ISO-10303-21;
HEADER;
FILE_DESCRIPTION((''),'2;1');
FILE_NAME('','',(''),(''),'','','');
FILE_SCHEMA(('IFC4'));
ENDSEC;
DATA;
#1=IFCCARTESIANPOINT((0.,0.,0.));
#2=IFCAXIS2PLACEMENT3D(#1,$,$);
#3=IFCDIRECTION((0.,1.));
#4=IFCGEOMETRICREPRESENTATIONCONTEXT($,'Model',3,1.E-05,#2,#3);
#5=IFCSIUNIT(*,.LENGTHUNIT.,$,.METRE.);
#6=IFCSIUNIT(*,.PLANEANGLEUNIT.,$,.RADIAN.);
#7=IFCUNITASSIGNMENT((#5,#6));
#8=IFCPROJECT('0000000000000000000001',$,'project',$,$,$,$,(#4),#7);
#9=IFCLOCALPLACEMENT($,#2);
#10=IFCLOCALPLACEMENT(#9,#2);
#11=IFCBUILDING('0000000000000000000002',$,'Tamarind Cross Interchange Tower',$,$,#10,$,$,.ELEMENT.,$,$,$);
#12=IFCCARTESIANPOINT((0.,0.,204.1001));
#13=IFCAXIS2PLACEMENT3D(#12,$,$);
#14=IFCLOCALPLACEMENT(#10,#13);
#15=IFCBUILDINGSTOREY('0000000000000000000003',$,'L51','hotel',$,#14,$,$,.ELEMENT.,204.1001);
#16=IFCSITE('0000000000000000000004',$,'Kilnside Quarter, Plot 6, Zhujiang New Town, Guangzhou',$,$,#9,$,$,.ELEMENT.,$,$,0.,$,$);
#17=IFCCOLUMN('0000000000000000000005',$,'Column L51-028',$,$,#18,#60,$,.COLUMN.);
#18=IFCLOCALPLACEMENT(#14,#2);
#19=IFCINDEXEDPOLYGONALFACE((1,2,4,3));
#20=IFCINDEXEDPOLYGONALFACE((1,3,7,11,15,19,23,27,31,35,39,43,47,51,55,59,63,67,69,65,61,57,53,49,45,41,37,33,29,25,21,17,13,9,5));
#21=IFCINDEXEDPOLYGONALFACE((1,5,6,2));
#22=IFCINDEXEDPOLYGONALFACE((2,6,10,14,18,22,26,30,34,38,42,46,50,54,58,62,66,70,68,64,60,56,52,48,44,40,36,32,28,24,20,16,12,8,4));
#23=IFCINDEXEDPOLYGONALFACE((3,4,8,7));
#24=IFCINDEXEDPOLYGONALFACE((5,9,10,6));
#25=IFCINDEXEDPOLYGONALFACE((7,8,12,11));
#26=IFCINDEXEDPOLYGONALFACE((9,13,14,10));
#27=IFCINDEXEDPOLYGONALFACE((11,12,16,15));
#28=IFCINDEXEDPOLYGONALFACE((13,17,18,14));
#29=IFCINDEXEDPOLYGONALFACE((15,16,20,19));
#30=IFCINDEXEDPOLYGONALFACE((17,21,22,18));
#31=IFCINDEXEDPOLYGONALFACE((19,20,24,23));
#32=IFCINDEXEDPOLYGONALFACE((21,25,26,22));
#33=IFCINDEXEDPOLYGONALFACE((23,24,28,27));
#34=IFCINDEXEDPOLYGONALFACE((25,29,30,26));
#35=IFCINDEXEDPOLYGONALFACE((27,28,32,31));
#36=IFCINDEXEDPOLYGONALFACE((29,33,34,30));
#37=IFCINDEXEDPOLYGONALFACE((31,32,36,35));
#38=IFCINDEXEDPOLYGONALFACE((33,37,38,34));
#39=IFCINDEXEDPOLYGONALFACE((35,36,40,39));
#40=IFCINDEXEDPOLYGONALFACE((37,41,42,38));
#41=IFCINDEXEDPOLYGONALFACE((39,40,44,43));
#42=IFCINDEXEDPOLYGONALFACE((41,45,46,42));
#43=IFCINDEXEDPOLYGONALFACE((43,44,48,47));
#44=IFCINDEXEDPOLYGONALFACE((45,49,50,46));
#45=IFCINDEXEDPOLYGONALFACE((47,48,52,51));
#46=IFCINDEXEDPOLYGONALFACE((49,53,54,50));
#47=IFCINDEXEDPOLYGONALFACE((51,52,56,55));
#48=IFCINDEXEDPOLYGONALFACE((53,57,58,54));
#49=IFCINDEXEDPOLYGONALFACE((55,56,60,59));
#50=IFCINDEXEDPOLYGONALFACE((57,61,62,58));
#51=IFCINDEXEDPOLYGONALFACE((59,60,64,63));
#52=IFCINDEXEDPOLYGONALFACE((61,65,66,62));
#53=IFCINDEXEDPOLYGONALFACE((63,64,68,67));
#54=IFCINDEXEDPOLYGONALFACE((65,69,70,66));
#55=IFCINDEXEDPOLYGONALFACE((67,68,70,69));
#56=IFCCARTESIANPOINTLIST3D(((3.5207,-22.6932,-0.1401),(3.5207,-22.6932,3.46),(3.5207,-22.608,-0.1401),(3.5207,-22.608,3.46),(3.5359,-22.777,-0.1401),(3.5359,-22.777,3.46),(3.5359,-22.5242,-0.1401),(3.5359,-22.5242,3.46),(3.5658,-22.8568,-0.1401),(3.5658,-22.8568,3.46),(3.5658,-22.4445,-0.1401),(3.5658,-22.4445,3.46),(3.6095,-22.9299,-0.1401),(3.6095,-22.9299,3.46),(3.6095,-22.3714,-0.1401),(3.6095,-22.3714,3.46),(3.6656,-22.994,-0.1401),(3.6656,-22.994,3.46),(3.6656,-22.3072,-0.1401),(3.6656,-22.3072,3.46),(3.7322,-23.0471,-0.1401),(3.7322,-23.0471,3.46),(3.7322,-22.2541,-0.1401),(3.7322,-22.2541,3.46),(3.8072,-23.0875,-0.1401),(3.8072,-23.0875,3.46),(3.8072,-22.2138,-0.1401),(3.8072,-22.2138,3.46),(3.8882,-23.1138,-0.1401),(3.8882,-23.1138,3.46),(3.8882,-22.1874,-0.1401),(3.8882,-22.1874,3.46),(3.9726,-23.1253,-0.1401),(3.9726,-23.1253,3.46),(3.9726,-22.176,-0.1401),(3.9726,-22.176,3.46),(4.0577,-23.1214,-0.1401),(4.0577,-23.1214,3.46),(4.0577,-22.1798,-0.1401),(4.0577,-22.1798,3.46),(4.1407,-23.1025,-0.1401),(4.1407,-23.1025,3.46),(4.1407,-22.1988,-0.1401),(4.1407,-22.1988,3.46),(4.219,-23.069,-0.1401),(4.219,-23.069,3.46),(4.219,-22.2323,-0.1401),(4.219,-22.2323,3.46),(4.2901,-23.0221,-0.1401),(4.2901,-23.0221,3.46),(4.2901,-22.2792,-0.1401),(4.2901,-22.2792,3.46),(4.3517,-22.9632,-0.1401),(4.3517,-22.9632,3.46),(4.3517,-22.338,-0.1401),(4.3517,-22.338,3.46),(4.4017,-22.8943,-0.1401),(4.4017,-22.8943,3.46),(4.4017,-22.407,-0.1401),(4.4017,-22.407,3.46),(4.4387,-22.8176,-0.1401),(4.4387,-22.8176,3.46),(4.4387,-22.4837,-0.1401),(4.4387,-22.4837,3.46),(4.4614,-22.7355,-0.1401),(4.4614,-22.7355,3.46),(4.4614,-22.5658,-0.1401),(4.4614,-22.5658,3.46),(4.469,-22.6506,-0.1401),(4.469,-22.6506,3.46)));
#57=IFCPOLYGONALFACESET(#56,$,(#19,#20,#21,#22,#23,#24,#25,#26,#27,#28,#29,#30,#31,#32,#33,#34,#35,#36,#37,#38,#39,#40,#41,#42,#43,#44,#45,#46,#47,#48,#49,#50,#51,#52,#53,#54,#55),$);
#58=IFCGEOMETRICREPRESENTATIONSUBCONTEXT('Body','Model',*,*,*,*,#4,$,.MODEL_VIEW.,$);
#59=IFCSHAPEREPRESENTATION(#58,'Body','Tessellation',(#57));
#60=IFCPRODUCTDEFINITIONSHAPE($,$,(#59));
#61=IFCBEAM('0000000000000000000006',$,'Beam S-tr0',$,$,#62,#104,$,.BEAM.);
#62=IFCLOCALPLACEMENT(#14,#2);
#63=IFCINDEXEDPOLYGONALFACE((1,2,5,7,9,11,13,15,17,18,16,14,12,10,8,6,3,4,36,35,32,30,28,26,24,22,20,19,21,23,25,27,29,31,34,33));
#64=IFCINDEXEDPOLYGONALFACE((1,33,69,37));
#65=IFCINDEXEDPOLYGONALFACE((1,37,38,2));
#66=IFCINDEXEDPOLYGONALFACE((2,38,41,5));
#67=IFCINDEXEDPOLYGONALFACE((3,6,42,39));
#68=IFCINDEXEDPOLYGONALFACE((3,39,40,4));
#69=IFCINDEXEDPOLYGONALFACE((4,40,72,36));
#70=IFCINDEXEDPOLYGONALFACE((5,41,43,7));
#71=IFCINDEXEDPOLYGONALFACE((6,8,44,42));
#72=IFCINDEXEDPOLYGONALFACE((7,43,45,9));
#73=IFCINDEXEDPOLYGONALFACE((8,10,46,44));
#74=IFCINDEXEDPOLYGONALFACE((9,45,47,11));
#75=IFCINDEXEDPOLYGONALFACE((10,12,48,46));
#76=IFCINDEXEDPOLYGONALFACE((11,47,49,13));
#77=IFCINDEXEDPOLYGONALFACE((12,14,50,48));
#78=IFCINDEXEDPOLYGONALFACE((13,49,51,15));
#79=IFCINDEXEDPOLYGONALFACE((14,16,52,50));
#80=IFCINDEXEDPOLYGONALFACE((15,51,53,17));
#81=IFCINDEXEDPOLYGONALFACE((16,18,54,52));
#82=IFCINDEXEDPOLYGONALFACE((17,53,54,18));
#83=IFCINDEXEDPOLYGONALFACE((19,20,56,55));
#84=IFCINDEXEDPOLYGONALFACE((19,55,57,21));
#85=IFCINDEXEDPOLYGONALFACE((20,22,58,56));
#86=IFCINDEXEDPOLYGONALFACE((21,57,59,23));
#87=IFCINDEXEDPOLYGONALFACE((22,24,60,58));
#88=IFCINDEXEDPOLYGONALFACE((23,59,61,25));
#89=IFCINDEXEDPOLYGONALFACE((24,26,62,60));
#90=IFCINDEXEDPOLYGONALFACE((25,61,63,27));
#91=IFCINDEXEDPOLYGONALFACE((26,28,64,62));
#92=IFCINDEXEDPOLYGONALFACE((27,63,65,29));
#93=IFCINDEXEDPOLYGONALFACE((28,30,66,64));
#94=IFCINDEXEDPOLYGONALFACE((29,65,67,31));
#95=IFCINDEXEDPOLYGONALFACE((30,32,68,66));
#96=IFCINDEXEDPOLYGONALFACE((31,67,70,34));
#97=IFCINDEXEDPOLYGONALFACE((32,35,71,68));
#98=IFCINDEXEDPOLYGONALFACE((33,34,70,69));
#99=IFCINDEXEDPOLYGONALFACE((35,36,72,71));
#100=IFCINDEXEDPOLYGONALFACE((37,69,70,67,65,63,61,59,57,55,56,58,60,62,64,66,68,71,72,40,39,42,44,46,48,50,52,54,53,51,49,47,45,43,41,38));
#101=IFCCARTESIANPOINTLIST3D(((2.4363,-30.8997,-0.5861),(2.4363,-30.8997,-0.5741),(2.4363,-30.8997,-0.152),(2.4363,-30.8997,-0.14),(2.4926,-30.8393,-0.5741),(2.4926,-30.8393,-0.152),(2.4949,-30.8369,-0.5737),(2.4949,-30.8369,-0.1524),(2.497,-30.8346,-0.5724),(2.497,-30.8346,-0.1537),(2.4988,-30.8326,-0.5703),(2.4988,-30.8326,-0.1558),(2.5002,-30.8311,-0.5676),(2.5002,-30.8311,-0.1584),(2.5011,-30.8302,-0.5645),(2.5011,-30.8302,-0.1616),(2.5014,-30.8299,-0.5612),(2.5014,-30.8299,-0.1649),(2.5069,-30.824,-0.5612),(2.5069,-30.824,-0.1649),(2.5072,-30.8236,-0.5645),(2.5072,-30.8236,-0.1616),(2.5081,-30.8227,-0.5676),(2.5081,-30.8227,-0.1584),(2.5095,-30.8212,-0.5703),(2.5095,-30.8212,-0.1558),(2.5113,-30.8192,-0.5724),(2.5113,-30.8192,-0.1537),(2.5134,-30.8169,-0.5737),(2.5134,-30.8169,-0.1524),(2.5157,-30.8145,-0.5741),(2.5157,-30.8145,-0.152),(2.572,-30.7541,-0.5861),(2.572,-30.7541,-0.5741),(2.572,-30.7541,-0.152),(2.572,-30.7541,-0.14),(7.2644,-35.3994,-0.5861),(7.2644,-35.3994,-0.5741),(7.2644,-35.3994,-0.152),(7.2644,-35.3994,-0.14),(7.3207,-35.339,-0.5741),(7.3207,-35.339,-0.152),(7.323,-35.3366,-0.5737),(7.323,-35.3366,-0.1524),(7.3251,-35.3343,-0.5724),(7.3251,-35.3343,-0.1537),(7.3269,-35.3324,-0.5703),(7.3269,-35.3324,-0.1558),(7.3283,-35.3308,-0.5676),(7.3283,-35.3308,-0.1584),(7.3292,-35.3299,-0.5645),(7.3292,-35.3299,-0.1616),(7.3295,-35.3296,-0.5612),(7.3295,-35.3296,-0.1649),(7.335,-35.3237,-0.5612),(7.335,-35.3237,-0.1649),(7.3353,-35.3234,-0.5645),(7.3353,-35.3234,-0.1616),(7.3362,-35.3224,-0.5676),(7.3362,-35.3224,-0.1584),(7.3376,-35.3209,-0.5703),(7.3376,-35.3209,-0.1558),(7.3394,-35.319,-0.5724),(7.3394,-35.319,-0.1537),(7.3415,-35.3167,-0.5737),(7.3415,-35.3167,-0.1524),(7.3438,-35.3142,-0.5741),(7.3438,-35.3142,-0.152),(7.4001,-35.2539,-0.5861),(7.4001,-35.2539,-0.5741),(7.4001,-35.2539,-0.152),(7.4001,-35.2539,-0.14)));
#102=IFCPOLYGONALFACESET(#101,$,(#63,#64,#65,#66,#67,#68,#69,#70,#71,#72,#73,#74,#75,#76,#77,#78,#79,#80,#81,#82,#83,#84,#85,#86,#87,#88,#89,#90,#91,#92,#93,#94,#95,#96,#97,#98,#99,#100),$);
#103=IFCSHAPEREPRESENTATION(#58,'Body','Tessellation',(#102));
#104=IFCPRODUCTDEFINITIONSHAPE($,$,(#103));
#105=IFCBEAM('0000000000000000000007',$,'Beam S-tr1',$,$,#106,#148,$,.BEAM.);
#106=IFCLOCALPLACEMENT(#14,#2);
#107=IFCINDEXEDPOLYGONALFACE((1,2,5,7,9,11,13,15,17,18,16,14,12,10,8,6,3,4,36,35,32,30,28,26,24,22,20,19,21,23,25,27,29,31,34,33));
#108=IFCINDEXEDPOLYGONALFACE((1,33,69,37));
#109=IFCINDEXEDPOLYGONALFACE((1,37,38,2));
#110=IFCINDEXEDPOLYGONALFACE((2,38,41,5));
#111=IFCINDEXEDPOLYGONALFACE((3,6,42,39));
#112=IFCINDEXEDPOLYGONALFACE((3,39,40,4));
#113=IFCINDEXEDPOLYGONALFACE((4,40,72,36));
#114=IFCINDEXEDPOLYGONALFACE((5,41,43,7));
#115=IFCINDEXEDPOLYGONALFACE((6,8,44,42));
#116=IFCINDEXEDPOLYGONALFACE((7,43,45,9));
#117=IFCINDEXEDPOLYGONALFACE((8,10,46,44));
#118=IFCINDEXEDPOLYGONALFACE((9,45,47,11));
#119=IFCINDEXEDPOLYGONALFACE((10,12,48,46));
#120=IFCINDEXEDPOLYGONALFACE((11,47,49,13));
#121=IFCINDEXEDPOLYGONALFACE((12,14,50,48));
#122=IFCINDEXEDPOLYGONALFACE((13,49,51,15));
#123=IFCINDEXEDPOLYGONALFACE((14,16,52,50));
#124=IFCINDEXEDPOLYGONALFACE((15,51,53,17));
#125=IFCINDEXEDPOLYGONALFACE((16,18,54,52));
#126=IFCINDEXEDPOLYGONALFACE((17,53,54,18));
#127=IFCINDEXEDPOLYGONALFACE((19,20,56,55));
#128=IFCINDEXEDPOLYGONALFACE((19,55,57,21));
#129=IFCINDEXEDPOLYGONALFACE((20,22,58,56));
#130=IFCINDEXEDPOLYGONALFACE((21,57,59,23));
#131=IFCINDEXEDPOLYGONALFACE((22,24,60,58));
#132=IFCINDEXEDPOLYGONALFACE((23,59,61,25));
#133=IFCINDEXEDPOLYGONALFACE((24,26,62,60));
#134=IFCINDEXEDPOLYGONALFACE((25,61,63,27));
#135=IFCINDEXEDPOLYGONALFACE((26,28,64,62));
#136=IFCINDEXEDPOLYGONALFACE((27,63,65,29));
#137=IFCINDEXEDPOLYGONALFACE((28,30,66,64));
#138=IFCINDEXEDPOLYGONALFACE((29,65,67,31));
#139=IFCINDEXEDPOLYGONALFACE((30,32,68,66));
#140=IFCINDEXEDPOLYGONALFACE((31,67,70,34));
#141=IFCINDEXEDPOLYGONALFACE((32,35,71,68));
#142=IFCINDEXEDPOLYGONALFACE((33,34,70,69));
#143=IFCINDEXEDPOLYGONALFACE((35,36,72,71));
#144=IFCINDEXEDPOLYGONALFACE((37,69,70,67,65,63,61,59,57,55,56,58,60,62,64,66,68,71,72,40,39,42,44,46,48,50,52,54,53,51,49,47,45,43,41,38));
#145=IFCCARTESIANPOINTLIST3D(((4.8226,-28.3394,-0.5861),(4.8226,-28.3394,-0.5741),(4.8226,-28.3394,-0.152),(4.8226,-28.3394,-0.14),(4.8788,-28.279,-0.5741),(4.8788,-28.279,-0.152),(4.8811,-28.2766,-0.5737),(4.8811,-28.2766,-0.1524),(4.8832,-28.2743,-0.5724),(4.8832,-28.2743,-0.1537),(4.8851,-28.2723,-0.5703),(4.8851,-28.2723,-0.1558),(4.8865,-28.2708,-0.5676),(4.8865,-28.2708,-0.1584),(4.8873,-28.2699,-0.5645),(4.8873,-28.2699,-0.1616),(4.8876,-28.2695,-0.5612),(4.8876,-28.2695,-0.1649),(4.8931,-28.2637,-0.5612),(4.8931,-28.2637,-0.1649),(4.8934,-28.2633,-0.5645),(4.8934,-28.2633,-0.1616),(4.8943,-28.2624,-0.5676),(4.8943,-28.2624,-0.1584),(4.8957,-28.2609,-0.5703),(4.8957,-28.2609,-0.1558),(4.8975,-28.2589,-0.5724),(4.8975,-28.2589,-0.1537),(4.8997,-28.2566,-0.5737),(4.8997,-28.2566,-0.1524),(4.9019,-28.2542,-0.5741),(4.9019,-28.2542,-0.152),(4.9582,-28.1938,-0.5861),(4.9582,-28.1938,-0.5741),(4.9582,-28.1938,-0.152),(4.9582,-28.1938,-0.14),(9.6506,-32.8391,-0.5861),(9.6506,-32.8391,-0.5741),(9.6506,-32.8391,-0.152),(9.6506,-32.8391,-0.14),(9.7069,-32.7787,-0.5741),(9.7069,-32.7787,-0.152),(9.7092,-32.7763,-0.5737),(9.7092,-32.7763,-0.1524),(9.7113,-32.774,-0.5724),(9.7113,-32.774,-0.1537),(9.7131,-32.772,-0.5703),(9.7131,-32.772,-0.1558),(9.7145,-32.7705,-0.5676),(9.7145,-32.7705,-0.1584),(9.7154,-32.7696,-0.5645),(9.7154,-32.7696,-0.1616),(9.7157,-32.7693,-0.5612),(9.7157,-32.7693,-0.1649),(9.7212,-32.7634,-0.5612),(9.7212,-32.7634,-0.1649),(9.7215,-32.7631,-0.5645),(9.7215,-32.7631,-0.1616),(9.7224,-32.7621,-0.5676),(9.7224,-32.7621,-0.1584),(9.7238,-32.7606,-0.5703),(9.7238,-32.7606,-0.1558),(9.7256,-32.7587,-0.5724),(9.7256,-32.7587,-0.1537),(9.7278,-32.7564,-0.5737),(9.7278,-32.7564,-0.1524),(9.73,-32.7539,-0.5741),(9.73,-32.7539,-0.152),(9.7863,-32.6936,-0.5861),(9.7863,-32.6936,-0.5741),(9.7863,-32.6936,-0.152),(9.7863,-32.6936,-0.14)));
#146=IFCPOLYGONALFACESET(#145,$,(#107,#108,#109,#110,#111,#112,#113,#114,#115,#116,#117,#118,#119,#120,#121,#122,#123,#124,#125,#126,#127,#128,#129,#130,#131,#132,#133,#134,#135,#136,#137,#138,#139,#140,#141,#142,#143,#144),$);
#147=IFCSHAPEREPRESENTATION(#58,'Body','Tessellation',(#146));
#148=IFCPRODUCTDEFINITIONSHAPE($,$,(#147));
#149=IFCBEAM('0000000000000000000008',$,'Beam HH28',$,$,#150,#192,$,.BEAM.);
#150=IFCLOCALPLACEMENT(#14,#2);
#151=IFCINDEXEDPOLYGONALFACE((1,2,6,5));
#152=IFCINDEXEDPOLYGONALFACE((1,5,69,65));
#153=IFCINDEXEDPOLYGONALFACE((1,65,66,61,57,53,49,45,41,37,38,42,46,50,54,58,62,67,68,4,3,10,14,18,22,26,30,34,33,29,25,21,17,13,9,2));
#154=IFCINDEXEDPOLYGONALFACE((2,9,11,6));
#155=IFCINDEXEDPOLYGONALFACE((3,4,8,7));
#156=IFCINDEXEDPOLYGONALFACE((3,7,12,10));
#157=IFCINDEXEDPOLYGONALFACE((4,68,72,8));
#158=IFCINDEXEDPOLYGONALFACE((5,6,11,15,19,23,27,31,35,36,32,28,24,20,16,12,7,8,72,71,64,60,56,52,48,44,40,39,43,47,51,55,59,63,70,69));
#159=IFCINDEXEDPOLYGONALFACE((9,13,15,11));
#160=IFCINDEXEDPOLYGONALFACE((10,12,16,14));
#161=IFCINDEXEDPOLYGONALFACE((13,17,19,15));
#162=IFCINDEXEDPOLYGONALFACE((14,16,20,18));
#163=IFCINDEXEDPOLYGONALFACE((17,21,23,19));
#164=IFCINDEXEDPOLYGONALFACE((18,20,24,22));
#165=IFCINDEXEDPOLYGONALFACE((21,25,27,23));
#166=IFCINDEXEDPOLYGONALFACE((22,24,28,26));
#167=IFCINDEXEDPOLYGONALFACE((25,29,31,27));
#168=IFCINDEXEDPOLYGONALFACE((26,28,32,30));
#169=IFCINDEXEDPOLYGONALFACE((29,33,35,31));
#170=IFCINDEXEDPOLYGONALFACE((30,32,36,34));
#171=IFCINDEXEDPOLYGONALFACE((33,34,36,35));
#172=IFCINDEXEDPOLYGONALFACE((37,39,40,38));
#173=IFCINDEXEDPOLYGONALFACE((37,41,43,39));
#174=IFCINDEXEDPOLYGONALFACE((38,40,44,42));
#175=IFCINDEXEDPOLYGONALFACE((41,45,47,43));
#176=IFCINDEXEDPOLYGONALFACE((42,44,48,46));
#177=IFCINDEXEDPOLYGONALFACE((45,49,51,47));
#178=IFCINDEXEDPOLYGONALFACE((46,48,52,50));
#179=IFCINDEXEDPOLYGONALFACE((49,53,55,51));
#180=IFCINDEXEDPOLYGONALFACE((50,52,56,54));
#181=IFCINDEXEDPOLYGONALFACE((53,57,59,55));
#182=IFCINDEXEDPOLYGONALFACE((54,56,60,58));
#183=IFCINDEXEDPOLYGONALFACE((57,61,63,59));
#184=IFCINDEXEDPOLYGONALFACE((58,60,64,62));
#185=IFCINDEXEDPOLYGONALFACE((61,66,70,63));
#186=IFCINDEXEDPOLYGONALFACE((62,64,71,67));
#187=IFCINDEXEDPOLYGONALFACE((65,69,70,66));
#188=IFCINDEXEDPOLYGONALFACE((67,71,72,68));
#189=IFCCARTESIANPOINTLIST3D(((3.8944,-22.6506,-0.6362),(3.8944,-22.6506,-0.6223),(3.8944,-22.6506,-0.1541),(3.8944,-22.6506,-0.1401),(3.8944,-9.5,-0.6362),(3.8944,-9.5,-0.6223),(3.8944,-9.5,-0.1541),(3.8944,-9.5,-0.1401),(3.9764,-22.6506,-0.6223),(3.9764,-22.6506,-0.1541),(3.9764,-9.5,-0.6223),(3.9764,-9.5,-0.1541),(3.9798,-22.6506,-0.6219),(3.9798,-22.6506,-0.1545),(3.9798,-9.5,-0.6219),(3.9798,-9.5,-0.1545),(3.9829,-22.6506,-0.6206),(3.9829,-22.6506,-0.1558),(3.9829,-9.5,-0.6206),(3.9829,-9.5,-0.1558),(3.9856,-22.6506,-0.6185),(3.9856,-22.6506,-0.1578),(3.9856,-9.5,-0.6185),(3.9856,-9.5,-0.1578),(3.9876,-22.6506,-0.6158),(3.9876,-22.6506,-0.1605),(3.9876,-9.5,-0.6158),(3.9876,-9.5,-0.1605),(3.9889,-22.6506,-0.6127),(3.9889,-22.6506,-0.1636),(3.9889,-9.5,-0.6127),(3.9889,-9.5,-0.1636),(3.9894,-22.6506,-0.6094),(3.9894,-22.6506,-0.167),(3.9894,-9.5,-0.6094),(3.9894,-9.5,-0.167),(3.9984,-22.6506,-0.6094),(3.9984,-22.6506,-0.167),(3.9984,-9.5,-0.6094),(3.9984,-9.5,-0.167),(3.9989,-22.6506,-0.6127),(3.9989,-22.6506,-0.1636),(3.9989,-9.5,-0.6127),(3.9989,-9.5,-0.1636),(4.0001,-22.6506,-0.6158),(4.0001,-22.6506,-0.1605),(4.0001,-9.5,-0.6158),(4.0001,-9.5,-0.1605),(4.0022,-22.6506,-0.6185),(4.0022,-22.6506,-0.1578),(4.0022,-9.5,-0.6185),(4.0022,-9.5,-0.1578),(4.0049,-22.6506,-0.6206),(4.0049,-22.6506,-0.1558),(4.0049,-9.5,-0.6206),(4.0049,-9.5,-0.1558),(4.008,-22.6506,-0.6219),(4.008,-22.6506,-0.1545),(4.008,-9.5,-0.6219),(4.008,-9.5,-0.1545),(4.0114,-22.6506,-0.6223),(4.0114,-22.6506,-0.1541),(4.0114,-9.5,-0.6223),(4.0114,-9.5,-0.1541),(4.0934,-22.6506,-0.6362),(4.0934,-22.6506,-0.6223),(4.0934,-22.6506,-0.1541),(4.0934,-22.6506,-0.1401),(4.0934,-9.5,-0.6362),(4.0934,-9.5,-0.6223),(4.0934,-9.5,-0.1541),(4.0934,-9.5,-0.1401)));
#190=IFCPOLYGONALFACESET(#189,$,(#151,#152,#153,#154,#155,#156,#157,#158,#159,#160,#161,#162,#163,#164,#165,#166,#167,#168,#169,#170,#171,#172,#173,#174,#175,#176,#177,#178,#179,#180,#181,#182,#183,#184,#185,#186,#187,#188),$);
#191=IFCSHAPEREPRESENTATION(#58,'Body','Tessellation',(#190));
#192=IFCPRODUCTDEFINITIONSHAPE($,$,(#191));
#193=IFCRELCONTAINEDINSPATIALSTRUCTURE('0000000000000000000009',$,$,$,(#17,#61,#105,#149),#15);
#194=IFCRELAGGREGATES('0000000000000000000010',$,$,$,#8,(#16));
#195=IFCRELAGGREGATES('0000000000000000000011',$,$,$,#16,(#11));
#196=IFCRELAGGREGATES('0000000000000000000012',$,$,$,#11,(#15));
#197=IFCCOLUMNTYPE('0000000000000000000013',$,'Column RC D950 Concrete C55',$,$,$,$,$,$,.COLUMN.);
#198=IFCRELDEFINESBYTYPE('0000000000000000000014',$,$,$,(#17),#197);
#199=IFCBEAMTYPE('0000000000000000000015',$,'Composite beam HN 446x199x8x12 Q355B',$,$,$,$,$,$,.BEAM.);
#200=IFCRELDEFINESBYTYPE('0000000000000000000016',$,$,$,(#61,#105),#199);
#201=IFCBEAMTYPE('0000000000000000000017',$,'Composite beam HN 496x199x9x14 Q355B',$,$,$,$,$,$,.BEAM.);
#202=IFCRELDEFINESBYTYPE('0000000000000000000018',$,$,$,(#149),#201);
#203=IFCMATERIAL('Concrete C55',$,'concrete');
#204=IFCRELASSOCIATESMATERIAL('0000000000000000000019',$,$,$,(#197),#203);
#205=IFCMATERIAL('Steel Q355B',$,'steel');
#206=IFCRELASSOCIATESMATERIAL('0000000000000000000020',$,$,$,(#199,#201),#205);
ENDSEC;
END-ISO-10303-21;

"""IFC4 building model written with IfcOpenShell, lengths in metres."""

from ifc_helpers import new_model, si_unit, direction, frame, origin, origin_2d, place, context, subcontext, project, spatial, circle, i_section, extrude, material, material_profile, profile_set, type_object, element, save


model = new_model("IFC4")

# Units and contexts
model_context = context("Model", 3, precision=1e-05, world=origin(), true_north=direction((0.0, 1.0)))
body_context = subcontext(model_context, "Body", "Model", "MODEL_VIEW")
ifc_project = project(units=[si_unit("LENGTHUNIT", "METRE"), si_unit("PLANEANGLEUNIT", "RADIAN")], contexts=[model_context])

# Site, building, storey
site_placement = place(None, origin())
site = spatial("IfcSite", under=ifc_project, at=site_placement, Name="Kilnside Quarter, Plot 6, Zhujiang New Town, Guangzhou", CompositionType="ELEMENT", RefElevation=0.0)
building_placement = place(site_placement, origin())
building = spatial("IfcBuilding", under=site, at=building_placement, Name="Tamarind Cross Interchange Tower", CompositionType="ELEMENT")
storey_placement = place(building_placement, frame((0.0, 0.0, 204.1001)))
storey = spatial("IfcBuildingStorey", under=building, at=storey_placement, Name="L51", Description="hotel", CompositionType="ELEMENT", Elevation=204.1001)

# Column
ifc_material_1 = material(Name="Concrete C55", Category="concrete")
ifc_material_profile_1 = material_profile(ifc_material_1, circle(Radius=0.4751, at=origin_2d()), Name="RC D950")
ifc_profile_set_1 = profile_set([ifc_material_profile_1], Name="Concrete C55")
column_type = type_object("IfcColumnType", Name="Column RC D950 Concrete C55", PredefinedType="COLUMN", material=ifc_profile_set_1)
column_placement = place(storey_placement, frame((3.9939, -22.6506, -0.1401), z_axis=(0.0, 0.0, 1.0), x_axis=(1.0, 0.0, 0.0)))
element("IfcColumn", 1, at=column_placement, inside=storey, type_object=column_type, Name="Column L51-028", PredefinedType="COLUMN", context=body_context, shape_type="SweptSolid", body=[
    extrude(circle(Radius=0.4751, at=origin_2d()), origin(), (0.0, 0.0, 1.0), 3.6001),
])

# Beams
ifc_material_2 = material(Name="Steel Q355B", Category="steel")
ifc_material_profile_2 = material_profile(ifc_material_2, i_section(OverallWidth=0.199, OverallDepth=0.446, WebThickness=0.0081, FlangeThickness=0.012, FilletRadius=0.0129, at=origin_2d()), Name="HN 446x199x8x12")
ifc_profile_set_2 = profile_set([ifc_material_profile_2], Name="Steel Q355B")
beam_type_1 = type_object("IfcBeamType", Name="Composite beam HN 446x199x8x12 Q355B", PredefinedType="BEAM", material=ifc_profile_set_2)
for number, where, z_axis, x_axis, name in (
    (2, (2.5042, -30.8269, -0.363), (0.731546, -0.681792, 0.0), (0.681792, 0.731546, 0.0), "Beam S-tr0"),
    (3, (4.8904, -28.2666, -0.363), (0.731546, -0.681792, 0.0), (0.681792, 0.731546, 0.0), "Beam S-tr1"),
):
    element("IfcBeam", number, at=place(storey_placement, frame(where, z_axis=z_axis, x_axis=x_axis)), inside=storey, type_object=beam_type_1, Name=name, PredefinedType="BEAM", context=body_context, shape_type="SweptSolid", body=[
        extrude(i_section(OverallWidth=0.199, OverallDepth=0.446, WebThickness=0.0081, FlangeThickness=0.012, FilletRadius=0.0129, at=origin_2d()), origin(), (0.0, 0.0, 1.0), 6.5999),
    ])
ifc_material_profile_3 = material_profile(ifc_material_2, i_section(OverallWidth=0.199, OverallDepth=0.4961, WebThickness=0.009, FlangeThickness=0.0139, FilletRadius=0.0129, at=origin_2d()), Name="HN 496x199x9x14")
ifc_profile_set_3 = profile_set([ifc_material_profile_3], Name="Steel Q355B")
beam_type_2 = type_object("IfcBeamType", Name="Composite beam HN 496x199x9x14 Q355B", PredefinedType="BEAM", material=ifc_profile_set_3)
beam_placement = place(storey_placement, frame((3.9939, -22.6506, -0.3882), z_axis=(0.0, 1.0, 0.0), x_axis=(-1.0, 0.0, 0.0)))
element("IfcBeam", 4, at=beam_placement, inside=storey, type_object=beam_type_2, Name="Beam HH28", PredefinedType="BEAM", context=body_context, shape_type="SweptSolid", body=[
    extrude(i_section(OverallWidth=0.199, OverallDepth=0.4961, WebThickness=0.009, FlangeThickness=0.0139, FilletRadius=0.0129, at=origin_2d()), origin(), (0.0, 0.0, 1.0), 13.1506),
])

save(model, "model.ifc")
